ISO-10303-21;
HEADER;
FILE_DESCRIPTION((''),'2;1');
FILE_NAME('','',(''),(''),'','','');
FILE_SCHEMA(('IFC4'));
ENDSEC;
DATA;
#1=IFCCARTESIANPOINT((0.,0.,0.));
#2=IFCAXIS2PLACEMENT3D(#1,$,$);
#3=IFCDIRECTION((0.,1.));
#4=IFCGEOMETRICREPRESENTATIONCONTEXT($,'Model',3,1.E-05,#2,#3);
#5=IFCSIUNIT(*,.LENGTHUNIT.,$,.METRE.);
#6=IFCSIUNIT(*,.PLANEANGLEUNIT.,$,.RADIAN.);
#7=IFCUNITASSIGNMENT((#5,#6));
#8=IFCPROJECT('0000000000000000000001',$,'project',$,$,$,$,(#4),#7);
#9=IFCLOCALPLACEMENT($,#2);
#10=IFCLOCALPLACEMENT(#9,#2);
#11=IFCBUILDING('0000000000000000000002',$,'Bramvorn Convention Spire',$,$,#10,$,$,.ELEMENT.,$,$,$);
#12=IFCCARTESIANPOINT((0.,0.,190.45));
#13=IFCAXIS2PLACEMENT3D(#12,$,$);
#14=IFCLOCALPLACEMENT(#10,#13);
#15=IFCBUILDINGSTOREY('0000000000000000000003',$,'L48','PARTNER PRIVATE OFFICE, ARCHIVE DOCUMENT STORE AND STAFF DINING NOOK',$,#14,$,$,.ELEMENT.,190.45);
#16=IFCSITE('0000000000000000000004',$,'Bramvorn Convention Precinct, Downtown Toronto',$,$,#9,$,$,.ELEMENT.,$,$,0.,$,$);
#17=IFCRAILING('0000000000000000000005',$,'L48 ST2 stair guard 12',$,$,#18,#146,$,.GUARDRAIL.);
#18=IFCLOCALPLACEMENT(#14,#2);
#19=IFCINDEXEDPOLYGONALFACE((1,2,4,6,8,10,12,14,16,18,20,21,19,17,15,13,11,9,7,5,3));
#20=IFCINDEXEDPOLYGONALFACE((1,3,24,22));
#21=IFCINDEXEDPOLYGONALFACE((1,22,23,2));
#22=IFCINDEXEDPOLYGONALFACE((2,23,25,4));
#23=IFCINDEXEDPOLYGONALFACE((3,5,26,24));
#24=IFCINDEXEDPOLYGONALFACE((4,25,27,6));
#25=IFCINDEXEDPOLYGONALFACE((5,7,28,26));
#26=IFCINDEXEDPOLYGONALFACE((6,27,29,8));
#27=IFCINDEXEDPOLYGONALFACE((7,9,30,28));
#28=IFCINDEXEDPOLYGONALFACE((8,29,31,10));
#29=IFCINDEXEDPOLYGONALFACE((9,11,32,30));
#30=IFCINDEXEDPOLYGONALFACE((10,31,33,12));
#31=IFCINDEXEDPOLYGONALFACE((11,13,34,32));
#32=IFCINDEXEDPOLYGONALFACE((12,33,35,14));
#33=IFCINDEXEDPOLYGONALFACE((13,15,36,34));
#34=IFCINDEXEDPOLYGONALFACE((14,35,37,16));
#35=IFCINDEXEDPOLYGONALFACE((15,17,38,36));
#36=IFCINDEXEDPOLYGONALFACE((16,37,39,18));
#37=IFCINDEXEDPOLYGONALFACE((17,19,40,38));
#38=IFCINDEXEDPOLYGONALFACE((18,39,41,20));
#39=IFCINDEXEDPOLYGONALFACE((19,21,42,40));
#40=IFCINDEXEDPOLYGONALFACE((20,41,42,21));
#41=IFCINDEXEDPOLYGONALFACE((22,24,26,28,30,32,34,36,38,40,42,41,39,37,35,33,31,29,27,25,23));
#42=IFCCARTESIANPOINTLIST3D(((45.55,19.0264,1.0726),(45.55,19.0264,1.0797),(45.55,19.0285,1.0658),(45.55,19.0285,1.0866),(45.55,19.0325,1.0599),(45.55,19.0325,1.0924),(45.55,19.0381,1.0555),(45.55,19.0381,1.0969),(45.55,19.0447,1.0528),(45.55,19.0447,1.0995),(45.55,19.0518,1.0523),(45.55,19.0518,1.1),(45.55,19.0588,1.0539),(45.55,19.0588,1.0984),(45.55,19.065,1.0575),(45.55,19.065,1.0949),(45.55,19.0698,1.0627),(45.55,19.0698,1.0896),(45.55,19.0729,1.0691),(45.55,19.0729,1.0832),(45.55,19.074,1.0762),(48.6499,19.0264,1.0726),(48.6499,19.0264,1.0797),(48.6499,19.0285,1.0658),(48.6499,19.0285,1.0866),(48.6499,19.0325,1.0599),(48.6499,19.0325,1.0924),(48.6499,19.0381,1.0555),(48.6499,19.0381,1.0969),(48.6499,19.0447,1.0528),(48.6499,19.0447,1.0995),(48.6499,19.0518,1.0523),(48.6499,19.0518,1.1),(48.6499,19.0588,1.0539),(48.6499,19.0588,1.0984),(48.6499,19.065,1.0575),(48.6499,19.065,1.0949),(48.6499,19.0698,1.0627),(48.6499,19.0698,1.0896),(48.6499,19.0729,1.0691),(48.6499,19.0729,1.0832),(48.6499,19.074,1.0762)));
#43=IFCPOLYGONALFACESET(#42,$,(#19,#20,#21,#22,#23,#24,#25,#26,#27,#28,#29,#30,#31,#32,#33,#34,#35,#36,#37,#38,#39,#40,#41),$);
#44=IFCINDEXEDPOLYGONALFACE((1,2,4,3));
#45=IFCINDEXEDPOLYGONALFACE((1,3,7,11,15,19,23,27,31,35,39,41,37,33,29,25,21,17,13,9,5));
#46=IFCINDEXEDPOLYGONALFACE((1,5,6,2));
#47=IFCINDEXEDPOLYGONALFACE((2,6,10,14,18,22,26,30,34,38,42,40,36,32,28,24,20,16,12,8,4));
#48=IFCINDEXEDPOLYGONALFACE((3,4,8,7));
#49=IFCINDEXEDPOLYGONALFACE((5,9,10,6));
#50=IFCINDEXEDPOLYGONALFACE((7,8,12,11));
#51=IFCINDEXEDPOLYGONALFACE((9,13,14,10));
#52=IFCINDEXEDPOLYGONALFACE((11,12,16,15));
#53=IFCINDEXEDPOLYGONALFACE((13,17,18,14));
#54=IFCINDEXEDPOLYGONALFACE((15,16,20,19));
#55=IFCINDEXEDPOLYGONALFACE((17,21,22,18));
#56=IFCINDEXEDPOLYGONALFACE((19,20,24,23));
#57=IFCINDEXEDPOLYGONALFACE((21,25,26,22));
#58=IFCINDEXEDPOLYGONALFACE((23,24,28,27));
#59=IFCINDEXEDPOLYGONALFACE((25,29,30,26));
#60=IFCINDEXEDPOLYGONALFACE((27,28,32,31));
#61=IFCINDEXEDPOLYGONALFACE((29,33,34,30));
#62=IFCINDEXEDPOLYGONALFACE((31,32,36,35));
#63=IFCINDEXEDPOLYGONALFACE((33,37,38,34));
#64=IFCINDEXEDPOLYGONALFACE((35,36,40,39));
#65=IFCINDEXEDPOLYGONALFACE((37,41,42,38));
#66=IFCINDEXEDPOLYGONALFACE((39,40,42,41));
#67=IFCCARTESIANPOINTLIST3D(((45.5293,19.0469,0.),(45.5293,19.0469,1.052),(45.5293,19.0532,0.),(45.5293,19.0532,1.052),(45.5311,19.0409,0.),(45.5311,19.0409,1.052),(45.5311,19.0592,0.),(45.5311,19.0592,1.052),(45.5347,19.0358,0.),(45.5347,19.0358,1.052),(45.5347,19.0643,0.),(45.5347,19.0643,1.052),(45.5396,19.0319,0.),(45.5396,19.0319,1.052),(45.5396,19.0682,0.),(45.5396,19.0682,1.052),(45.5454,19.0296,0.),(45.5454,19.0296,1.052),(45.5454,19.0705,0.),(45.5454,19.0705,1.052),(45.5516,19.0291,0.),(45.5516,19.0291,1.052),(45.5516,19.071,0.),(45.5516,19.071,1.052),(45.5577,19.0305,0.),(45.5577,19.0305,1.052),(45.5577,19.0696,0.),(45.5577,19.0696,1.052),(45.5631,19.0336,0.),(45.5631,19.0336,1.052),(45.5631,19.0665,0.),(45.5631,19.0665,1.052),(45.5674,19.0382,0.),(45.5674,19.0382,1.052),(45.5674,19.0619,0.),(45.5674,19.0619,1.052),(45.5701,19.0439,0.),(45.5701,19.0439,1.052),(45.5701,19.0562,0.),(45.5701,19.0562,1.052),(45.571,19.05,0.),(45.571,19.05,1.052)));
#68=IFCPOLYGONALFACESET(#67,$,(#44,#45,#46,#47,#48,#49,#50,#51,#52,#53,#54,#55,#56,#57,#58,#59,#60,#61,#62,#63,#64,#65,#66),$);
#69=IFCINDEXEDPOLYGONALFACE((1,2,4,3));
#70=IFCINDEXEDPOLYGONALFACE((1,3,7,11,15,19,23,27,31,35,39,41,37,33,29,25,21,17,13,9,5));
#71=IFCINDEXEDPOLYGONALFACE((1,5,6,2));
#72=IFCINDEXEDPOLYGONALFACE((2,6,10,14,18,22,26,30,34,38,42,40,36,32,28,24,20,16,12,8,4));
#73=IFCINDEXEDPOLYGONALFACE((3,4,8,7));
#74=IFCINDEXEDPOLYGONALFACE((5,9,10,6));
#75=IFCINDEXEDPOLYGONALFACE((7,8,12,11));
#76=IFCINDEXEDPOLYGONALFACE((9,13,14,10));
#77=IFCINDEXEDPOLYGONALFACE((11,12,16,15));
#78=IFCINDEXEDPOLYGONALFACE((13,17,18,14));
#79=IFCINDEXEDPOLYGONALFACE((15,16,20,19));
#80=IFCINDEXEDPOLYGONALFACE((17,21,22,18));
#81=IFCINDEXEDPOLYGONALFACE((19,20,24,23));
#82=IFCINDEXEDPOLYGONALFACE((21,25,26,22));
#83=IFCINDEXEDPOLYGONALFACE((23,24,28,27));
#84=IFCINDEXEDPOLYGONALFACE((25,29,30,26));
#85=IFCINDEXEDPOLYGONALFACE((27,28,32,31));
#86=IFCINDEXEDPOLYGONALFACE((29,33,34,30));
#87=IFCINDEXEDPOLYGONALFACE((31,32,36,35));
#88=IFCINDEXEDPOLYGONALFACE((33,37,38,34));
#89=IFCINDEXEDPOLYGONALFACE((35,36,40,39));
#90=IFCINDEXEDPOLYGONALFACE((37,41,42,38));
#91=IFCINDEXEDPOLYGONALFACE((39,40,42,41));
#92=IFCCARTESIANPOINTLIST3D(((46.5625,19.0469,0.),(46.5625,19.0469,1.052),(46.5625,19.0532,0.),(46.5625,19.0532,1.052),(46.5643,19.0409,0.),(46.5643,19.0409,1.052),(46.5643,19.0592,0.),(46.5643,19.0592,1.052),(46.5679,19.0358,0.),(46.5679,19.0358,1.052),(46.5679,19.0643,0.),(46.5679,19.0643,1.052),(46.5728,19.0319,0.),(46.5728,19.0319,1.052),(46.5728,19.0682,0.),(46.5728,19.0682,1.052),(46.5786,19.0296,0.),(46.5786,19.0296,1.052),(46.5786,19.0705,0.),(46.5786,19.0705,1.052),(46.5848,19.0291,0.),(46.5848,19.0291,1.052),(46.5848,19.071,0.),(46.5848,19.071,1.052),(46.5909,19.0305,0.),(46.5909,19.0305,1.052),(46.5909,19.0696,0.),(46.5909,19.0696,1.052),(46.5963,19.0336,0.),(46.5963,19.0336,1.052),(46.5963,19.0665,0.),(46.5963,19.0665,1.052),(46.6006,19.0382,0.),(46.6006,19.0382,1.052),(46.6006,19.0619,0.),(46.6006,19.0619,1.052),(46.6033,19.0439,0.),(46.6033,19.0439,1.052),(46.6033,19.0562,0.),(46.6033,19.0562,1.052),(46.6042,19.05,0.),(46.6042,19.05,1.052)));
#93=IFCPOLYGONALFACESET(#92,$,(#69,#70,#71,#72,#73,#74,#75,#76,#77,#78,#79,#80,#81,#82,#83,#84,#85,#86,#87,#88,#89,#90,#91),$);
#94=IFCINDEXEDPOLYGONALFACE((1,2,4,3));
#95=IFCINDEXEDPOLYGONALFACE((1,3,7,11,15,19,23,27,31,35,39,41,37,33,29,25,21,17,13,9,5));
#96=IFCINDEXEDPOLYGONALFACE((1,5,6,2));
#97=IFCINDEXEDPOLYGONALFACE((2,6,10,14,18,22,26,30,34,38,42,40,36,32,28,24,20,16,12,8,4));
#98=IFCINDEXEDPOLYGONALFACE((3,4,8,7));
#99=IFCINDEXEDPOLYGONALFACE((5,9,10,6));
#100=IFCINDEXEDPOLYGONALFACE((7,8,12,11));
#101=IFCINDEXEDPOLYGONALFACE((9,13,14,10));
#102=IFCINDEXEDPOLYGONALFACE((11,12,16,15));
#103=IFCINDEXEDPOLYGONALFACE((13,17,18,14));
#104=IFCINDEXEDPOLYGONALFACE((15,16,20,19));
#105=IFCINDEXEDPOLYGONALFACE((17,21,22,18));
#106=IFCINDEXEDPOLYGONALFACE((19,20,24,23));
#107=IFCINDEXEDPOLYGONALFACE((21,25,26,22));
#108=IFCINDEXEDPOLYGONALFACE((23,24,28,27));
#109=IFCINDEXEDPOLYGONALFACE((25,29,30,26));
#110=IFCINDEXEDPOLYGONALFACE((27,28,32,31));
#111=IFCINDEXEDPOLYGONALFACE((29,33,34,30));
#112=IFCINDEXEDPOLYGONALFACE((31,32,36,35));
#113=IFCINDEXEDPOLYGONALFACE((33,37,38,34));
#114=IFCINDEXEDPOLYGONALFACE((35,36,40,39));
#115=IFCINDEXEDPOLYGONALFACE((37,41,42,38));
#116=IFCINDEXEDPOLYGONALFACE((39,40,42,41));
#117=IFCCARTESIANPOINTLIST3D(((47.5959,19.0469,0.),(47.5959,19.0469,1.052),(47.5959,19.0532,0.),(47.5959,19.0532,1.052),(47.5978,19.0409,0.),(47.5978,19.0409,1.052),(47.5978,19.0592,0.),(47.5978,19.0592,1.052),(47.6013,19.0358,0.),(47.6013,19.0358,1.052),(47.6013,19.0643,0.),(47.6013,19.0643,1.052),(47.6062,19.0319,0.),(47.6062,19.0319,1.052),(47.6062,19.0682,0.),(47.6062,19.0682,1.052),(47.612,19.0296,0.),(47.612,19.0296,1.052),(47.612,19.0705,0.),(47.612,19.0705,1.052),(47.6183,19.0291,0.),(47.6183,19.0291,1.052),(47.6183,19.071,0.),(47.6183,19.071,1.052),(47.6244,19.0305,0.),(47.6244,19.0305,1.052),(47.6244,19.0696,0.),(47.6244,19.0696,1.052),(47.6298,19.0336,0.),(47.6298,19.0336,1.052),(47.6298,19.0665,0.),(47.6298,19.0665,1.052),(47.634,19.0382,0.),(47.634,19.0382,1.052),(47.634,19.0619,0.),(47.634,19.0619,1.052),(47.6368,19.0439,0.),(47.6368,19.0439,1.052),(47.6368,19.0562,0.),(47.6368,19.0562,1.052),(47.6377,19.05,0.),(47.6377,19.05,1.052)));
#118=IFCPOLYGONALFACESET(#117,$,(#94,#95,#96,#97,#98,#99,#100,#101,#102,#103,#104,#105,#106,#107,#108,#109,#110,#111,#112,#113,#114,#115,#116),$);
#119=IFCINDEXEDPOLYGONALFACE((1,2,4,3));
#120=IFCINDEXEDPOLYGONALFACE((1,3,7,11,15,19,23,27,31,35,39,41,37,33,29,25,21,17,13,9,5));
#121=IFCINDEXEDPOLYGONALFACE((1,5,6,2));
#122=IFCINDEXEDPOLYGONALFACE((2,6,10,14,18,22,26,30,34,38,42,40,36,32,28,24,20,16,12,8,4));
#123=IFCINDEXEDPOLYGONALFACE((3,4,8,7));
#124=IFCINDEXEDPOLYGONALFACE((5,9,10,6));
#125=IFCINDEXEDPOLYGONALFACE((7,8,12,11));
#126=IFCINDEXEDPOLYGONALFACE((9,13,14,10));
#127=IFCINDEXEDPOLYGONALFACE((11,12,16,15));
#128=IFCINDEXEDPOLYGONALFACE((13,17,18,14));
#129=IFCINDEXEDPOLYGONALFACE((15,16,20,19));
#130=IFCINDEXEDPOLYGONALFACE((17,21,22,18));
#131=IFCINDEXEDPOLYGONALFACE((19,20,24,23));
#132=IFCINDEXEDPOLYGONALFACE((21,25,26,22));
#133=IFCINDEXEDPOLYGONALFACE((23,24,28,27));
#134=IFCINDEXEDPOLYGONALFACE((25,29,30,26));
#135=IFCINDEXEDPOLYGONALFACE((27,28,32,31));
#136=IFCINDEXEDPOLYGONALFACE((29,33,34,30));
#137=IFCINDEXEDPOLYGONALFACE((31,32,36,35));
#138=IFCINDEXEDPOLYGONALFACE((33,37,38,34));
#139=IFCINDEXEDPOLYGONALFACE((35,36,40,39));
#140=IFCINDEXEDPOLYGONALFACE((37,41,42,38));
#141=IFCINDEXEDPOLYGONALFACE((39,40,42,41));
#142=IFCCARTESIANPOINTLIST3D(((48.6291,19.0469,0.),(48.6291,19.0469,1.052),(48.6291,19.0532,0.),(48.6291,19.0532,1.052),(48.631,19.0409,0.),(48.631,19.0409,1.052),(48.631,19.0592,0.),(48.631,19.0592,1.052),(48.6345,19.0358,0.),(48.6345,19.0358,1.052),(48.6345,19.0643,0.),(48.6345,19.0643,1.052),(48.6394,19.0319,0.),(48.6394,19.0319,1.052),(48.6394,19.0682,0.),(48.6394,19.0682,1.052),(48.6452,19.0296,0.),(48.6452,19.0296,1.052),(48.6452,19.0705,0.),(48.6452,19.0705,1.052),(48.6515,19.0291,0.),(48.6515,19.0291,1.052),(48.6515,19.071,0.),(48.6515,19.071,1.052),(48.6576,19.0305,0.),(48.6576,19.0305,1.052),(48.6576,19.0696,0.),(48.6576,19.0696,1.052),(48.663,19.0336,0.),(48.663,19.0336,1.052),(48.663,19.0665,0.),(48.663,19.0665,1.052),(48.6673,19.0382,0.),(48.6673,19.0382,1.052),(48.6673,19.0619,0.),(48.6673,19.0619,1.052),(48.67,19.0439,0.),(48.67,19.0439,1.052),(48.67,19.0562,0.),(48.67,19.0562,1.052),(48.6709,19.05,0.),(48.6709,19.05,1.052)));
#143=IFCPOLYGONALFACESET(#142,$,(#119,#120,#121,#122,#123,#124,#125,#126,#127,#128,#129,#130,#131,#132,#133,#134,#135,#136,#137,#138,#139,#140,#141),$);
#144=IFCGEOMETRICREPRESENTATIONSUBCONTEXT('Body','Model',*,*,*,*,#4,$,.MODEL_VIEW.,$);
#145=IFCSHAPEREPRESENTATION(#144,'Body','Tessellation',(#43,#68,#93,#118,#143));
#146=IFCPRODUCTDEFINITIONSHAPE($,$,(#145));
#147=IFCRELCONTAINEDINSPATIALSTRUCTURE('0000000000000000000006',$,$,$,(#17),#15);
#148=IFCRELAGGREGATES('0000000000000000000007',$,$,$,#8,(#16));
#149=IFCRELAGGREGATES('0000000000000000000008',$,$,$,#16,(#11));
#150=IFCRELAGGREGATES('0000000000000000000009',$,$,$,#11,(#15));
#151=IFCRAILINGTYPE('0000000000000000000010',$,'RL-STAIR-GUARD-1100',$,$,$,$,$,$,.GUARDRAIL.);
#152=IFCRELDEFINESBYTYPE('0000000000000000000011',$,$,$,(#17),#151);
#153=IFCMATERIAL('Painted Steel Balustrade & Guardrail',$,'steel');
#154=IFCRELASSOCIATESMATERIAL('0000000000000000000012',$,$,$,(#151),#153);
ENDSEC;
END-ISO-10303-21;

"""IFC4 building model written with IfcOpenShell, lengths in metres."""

from ifc_helpers import new_model, si_unit, direction, frame, origin, origin_2d, place, context, subcontext, project, spatial, circle, extrude, material, type_object, element, save


model = new_model("IFC4")

# Units and contexts
model_context = context("Model", 3, precision=1e-05, world=origin(), true_north=direction((0.0, 1.0)))
body_context = subcontext(model_context, "Body", "Model", "MODEL_VIEW")
ifc_project = project(units=[si_unit("LENGTHUNIT", "METRE"), si_unit("PLANEANGLEUNIT", "RADIAN")], contexts=[model_context])

# Site, building, storey
site_placement = place(None, origin())
site = spatial("IfcSite", under=ifc_project, at=site_placement, Name="Bramvorn Convention Precinct, Downtown Toronto", CompositionType="ELEMENT", RefElevation=0.0)
building_placement = place(site_placement, origin())
building = spatial("IfcBuilding", under=site, at=building_placement, Name="Bramvorn Convention Spire", CompositionType="ELEMENT")
storey_placement = place(building_placement, frame((0.0, 0.0, 190.45)))
storey = spatial("IfcBuildingStorey", under=building, at=storey_placement, Name="L48", Description="PARTNER PRIVATE OFFICE, ARCHIVE DOCUMENT STORE AND STAFF DINING NOOK", CompositionType="ELEMENT", Elevation=190.45)

# Railing
ifc_material_1 = material(Name="Painted Steel Balustrade & Guardrail", Category="steel")
railing_type_1 = type_object("IfcRailingType", Name="RL-STAIR-GUARD-1100", PredefinedType="GUARDRAIL", material=ifc_material_1)
railing_1_placement = place(storey_placement, frame((45.55, 19.05, 0.0)))
element("IfcRailing", 1, at=railing_1_placement, inside=storey, type_object=railing_type_1, Name="L48 ST2 stair guard 12", PredefinedType="GUARDRAIL", context=body_context, shape_type="SweptSolid", body=[
    extrude(circle(Radius=0.0239, at=origin_2d()), frame((0.0, 0.0, 1.0762), z_axis=(1.0, 0.0, 0.0), x_axis=(0.0, 1.0, 0.0)), (0.0, 0.0, 1.0), 3.0999),
    extrude(circle(Radius=0.021, at=origin_2d()), origin(), (0.0, 0.0, 1.0), 1.052),
    extrude(circle(Radius=0.021, at=origin_2d()), frame((1.0332, 0.0, 0.0)), (0.0, 0.0, 1.0), 1.052),
    extrude(circle(Radius=0.021, at=origin_2d()), frame((2.0667, 0.0, 0.0)), (0.0, 0.0, 1.0), 1.052),
    extrude(circle(Radius=0.021, at=origin_2d()), frame((3.0999, 0.0, 0.0)), (0.0, 0.0, 1.0), 1.052),
])

save(model, "model.ifc")
